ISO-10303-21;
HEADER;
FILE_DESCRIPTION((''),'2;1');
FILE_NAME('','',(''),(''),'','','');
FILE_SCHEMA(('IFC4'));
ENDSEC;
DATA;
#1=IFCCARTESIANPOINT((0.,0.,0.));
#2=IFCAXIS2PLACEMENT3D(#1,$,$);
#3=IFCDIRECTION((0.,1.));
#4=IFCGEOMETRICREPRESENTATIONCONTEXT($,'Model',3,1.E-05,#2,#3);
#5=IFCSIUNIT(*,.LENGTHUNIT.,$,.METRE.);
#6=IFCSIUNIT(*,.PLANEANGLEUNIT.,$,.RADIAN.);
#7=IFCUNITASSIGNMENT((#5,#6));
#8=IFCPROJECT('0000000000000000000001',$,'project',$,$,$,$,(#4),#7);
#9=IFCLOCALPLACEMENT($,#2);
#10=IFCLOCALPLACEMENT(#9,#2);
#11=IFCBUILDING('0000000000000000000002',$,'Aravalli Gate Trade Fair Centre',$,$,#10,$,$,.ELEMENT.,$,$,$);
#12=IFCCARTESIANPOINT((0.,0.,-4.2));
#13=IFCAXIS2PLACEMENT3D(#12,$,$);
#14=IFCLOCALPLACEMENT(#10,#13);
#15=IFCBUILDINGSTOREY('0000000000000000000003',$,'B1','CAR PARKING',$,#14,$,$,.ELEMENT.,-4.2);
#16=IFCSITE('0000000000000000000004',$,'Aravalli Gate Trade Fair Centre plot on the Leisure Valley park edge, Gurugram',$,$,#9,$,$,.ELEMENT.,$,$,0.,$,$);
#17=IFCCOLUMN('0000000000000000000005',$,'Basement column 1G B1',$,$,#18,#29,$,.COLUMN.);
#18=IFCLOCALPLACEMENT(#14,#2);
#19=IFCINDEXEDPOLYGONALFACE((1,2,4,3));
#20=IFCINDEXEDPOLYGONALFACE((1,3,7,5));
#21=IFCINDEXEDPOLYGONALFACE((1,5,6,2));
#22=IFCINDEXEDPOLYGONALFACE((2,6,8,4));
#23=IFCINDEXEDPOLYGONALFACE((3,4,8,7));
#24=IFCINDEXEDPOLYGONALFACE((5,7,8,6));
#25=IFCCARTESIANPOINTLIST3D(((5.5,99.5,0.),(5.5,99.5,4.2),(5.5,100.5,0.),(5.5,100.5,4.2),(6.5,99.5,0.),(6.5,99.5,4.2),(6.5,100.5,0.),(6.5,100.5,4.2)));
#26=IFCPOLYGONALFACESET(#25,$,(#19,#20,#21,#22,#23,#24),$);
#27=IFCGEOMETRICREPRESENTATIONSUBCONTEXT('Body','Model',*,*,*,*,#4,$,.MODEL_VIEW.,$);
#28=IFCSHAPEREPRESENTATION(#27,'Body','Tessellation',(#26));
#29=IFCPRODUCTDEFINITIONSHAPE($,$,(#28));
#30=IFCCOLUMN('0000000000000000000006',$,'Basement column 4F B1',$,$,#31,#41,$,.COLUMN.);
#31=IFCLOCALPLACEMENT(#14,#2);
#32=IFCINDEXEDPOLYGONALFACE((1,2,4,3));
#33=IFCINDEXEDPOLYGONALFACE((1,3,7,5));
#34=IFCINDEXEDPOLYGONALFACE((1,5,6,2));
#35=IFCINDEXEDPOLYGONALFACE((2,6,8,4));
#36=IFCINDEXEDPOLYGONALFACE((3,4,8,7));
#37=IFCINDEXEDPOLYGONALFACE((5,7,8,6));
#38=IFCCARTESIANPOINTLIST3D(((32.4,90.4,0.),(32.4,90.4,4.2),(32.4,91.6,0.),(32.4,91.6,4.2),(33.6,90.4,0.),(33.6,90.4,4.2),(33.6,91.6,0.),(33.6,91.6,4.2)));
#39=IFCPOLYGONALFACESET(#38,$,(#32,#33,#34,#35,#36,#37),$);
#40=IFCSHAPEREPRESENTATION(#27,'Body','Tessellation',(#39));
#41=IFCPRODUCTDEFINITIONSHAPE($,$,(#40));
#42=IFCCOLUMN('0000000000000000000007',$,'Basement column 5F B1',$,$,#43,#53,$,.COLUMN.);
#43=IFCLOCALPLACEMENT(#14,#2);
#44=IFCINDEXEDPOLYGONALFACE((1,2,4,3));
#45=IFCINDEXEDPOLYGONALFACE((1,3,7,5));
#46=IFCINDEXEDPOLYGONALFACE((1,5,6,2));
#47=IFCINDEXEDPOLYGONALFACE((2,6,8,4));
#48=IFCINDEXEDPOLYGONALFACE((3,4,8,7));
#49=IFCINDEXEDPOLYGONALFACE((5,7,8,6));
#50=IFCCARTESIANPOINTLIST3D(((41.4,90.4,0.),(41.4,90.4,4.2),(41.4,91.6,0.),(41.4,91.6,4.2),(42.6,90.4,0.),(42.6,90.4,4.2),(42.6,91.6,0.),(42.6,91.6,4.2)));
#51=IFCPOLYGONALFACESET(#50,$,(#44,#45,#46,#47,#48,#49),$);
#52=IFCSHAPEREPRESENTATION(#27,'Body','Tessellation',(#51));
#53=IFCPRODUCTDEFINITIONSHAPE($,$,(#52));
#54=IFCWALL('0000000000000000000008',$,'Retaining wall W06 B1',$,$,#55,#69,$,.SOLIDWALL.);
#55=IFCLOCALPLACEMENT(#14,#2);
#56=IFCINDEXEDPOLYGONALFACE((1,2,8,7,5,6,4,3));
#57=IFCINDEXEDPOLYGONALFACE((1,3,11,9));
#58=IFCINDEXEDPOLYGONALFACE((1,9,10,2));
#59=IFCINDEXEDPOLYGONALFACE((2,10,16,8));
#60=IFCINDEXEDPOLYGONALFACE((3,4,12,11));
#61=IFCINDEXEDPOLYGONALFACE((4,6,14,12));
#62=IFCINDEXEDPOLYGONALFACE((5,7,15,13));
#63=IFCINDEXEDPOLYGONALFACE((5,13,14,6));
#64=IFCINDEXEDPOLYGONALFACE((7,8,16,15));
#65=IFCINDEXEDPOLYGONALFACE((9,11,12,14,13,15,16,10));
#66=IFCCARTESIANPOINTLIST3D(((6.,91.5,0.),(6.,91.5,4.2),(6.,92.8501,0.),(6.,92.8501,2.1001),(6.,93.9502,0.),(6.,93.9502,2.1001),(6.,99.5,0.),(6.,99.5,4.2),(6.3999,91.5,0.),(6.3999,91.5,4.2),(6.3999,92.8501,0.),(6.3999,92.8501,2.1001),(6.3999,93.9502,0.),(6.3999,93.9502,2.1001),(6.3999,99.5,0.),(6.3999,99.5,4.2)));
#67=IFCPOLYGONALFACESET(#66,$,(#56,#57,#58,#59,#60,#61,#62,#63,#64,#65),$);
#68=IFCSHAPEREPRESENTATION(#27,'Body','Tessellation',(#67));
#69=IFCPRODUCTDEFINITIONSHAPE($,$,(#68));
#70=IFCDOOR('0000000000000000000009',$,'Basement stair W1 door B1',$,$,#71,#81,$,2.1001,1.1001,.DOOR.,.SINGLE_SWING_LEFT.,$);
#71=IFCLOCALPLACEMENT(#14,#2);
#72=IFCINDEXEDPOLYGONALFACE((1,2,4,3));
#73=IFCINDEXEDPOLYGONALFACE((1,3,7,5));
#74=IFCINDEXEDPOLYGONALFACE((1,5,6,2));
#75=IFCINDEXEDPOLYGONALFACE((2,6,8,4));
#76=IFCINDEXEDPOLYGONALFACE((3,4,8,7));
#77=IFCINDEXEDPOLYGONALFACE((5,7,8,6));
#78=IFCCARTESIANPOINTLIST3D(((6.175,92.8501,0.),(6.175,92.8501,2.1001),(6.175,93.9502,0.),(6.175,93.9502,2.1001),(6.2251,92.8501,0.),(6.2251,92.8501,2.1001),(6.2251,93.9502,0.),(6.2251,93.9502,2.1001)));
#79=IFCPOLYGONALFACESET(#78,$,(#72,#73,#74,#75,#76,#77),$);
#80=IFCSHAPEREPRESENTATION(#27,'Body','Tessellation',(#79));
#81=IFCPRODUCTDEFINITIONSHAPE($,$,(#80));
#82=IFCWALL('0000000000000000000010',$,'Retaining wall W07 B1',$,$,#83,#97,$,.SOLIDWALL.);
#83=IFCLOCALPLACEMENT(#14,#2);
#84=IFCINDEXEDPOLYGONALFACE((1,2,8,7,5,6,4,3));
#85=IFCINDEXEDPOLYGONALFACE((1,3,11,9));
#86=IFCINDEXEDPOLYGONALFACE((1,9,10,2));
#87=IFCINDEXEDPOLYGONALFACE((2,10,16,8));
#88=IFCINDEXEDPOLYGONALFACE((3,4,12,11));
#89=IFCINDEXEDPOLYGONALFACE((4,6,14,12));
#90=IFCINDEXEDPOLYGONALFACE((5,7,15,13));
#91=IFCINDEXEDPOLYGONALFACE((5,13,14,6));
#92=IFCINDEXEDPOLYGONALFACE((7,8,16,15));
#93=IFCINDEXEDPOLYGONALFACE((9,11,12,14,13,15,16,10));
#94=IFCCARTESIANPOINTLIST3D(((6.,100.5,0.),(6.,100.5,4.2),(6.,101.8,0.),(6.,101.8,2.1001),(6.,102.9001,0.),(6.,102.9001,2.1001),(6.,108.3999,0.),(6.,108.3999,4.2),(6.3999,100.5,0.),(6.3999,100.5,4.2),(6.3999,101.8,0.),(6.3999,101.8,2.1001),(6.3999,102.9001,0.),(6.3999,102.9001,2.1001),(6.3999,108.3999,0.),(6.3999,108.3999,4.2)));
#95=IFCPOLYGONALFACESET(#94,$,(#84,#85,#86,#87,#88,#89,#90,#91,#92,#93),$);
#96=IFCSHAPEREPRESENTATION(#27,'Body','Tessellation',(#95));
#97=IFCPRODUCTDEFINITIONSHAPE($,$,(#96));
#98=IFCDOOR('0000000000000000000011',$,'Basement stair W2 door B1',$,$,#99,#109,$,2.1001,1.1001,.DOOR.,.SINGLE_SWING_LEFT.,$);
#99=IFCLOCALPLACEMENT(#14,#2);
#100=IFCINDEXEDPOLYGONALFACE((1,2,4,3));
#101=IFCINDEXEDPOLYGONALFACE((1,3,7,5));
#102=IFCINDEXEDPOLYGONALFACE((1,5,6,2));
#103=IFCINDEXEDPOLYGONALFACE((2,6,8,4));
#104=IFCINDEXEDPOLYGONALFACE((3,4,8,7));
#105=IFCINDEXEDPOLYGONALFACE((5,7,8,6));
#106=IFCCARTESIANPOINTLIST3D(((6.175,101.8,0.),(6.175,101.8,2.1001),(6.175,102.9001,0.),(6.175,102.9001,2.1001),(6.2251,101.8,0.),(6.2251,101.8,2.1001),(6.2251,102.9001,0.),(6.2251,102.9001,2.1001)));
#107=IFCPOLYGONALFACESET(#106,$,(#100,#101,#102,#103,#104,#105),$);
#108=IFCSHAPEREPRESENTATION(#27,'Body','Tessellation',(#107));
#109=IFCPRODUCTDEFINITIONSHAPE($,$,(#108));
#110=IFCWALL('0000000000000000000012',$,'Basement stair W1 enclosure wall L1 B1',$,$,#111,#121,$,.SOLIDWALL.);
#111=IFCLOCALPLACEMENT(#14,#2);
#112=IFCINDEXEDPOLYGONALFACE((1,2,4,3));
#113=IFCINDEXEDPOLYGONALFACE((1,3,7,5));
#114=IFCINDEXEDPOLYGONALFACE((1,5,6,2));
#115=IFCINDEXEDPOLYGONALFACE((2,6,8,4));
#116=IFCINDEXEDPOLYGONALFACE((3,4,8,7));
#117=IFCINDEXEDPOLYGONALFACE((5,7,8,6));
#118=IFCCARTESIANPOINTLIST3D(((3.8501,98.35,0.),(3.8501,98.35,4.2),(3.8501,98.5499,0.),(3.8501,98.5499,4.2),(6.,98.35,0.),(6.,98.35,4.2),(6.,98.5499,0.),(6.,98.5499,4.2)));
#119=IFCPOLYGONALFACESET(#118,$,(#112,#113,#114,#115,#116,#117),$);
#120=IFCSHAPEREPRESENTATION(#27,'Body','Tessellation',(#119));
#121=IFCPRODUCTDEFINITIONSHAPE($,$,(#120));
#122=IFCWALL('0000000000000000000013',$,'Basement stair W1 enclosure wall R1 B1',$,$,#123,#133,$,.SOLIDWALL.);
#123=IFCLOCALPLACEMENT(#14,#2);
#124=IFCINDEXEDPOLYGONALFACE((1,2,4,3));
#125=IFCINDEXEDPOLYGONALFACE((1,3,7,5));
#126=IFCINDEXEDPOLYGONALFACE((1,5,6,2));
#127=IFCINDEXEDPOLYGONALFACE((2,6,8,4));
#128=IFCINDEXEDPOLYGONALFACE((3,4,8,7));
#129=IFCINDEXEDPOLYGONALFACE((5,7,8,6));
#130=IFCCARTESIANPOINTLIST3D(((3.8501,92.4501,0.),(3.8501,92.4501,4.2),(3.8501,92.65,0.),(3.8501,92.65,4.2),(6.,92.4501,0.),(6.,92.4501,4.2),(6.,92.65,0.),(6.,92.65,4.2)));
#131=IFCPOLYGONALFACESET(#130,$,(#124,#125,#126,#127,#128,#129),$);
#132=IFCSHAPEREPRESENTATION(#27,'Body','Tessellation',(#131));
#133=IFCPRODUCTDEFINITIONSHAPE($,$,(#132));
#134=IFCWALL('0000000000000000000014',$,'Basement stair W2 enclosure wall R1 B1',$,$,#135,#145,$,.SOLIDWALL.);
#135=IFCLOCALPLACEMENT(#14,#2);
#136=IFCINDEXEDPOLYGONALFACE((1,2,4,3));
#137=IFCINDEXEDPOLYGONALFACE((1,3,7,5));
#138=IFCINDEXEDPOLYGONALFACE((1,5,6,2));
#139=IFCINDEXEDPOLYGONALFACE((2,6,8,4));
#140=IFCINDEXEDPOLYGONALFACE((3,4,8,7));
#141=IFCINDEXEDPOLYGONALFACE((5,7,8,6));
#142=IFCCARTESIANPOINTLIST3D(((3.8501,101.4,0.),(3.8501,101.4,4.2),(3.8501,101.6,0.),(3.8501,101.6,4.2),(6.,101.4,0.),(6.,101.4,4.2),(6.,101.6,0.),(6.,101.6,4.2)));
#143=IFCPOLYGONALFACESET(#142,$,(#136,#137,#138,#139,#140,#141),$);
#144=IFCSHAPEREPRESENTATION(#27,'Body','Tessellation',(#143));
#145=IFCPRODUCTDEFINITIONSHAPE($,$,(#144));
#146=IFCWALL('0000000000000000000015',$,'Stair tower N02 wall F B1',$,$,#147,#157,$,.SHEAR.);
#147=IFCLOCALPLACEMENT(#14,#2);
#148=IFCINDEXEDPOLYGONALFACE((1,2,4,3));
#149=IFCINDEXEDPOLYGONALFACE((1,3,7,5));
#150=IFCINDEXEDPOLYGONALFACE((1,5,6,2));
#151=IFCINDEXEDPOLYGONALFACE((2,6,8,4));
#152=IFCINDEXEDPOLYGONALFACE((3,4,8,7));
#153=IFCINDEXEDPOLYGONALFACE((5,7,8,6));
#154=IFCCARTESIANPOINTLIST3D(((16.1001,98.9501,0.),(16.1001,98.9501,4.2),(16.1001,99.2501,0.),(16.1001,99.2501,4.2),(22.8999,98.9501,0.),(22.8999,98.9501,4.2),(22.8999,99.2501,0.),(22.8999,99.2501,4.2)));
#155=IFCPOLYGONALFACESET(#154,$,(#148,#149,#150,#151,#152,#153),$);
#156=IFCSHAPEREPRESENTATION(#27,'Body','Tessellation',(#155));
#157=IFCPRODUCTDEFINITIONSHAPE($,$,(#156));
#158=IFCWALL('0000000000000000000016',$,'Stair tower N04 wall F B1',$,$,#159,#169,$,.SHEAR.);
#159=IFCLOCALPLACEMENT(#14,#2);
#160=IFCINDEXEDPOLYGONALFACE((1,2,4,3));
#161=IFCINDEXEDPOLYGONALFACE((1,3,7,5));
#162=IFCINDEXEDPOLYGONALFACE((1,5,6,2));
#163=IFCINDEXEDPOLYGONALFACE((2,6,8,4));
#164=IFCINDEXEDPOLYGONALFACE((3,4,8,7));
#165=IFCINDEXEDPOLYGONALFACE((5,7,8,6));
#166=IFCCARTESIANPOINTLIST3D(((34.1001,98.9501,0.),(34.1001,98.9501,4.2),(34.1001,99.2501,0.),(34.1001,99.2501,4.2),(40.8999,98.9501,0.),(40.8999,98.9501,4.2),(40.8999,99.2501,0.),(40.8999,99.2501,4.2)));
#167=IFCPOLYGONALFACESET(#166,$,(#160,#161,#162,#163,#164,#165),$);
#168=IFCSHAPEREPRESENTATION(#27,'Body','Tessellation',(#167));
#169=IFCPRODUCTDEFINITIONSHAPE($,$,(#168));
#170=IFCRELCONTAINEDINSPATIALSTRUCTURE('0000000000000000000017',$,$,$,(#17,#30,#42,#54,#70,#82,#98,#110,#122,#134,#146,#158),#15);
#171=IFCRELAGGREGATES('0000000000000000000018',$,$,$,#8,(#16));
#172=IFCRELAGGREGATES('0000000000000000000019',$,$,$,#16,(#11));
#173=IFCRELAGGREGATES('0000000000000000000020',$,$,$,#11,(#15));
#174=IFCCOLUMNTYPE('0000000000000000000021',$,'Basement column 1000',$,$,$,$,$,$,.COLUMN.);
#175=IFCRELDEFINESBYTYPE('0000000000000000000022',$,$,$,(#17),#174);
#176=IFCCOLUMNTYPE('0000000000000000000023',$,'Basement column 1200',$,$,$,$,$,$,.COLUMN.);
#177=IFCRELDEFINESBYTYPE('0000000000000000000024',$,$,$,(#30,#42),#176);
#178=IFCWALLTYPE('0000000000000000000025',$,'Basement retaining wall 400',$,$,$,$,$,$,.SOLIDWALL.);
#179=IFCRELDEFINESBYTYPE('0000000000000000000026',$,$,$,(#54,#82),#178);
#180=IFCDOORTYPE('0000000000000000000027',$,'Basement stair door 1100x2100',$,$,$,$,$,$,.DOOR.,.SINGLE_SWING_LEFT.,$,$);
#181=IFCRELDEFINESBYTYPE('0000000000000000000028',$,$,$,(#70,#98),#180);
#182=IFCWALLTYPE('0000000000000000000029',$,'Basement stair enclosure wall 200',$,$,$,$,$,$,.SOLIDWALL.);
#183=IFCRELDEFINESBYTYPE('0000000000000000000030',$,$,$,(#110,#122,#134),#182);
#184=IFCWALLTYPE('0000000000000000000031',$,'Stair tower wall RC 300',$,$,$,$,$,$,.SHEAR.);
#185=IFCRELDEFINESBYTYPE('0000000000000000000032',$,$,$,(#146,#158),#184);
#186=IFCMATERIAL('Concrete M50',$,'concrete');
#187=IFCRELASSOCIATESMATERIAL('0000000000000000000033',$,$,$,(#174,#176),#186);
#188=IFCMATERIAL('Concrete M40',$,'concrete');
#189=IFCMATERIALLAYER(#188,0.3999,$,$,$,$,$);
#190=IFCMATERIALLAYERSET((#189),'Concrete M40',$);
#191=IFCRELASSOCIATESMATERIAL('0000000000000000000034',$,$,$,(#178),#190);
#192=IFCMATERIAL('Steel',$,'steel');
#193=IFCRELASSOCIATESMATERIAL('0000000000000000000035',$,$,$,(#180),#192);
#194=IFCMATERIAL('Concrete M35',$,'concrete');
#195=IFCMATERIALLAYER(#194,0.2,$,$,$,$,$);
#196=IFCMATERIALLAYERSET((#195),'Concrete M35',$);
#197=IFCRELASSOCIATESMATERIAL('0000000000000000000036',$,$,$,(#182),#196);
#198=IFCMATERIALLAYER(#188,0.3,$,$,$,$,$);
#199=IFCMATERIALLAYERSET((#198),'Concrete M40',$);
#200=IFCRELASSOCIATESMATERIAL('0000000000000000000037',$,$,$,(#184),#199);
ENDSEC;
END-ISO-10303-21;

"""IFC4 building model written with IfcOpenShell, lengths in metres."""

from ifc_helpers import new_model, si_unit, direction, frame, frame_2d, origin, origin_2d, place, context, subcontext, project, spatial, rectangle, extrude, material, layer, layer_set, material_profile, profile_set, type_object, element, fill, save


model = new_model("IFC4")

# Units and contexts
model_context = context("Model", 3, precision=1e-05, world=origin(), true_north=direction((0.0, 1.0)))
body_context = subcontext(model_context, "Body", "Model", "MODEL_VIEW")
ifc_project = project(units=[si_unit("LENGTHUNIT", "METRE"), si_unit("PLANEANGLEUNIT", "RADIAN")], contexts=[model_context])

# Site, building, storey
site_placement = place(None, origin())
site = spatial("IfcSite", under=ifc_project, at=site_placement, Name="Aravalli Gate Trade Fair Centre plot on the Leisure Valley park edge, Gurugram", CompositionType="ELEMENT", RefElevation=0.0)
building_placement = place(site_placement, origin())
building = spatial("IfcBuilding", under=site, at=building_placement, Name="Aravalli Gate Trade Fair Centre", CompositionType="ELEMENT")
storey_placement = place(building_placement, frame((0.0, 0.0, -4.2)))
storey = spatial("IfcBuildingStorey", under=building, at=storey_placement, Name="B1", Description="CAR PARKING", CompositionType="ELEMENT", Elevation=-4.2)

# Columns
ifc_material_1 = material(Name="Concrete M50", Category="concrete")
ifc_material_profile_1 = material_profile(ifc_material_1, rectangle(XDim=1.0, YDim=1.0, at=origin_2d()), Name="RC 1000 x 1000")
ifc_profile_set_1 = profile_set([ifc_material_profile_1], Name="Concrete M50")
column_type_1 = type_object("IfcColumnType", Name="Basement column 1000", PredefinedType="COLUMN", material=ifc_profile_set_1)
column_placement = place(storey_placement, frame((6.0, 100.0, 0.0), z_axis=(0.0, 0.0, 1.0), x_axis=(1.0, 0.0, 0.0)))
element("IfcColumn", 1, at=column_placement, inside=storey, type_object=column_type_1, Name="Basement column 1G B1", PredefinedType="COLUMN", context=body_context, shape_type="SweptSolid", body=[
    extrude(rectangle(XDim=1.0, YDim=1.0, at=origin_2d()), origin(), (0.0, 0.0, 1.0), 4.2),
])
ifc_material_profile_2 = material_profile(ifc_material_1, rectangle(XDim=1.2, YDim=1.2, at=origin_2d()), Name="RC 1200 x 1200")
ifc_profile_set_2 = profile_set([ifc_material_profile_2], Name="Concrete M50")
column_type_2 = type_object("IfcColumnType", Name="Basement column 1200", PredefinedType="COLUMN", material=ifc_profile_set_2)
for number, where, z_axis, x_axis, name in (
    (2, (33.0, 91.0, 0.0), (0.0, 0.0, 1.0), (1.0, 0.0, 0.0), "Basement column 4F B1"),
    (3, (42.0, 91.0, 0.0), (0.0, 0.0, 1.0), (1.0, 0.0, 0.0), "Basement column 5F B1"),
):
    element("IfcColumn", number, at=place(storey_placement, frame(where, z_axis=z_axis, x_axis=x_axis)), inside=storey, type_object=column_type_2, Name=name, PredefinedType="COLUMN", context=body_context, shape_type="SweptSolid", body=[
        extrude(rectangle(XDim=1.2, YDim=1.2, at=origin_2d()), origin(), (0.0, 0.0, 1.0), 4.2),
    ])

# Walls, openings, doors
ifc_material_2 = material(Name="Concrete M40", Category="concrete")
ifc_layer_1 = layer(ifc_material_2, 0.3999)
ifc_layer_set_1 = layer_set([ifc_layer_1], Name="Concrete M40")
wall_type_1 = type_object("IfcWallType", Name="Basement retaining wall 400", PredefinedType="SOLIDWALL", material=ifc_layer_set_1)
wall_1_placement = place(storey_placement, frame((6.2, 91.5, 0.0), z_axis=(0.0, 0.0, 1.0), x_axis=(0.0, 1.0, 0.0)))
wall_1 = element("IfcWall", 4, at=wall_1_placement, inside=storey, type_object=wall_type_1, Name="Retaining wall W06 B1", PredefinedType="SOLIDWALL", context=body_context, shape_type="SweptSolid", body=[
    extrude(rectangle(XDim=8.0, YDim=0.3999, at=frame_2d((4.0, 0.0))), origin(), (0.0, 0.0, 1.0), 4.2),
])
opening_1_placement = place(wall_1_placement, frame((1.3501, 0.0, 0.0)))
opening_1 = element("IfcOpeningElement", 5, at=opening_1_placement, cuts=wall_1, PredefinedType="OPENING", context=body_context, shape_type="SweptSolid", body=[
    extrude(rectangle(XDim=1.1001, YDim=2.1001, at=frame_2d((0.55, 1.05))), frame((0.0, 0.21, 0.0), z_axis=(0.0, -1.0, 0.0), x_axis=(1.0, 0.0, 0.0)), (0.0, 0.0, 1.0), 0.4199),
])
ifc_material_3 = material(Name="Steel", Category="steel")
door_type = type_object("IfcDoorType", Name="Basement stair door 1100x2100", OperationType="SINGLE_SWING_LEFT", PredefinedType="DOOR", material=ifc_material_3)
door_1_placement = place(opening_1_placement, origin())
door_1 = element("IfcDoor", 6, at=door_1_placement, inside=storey, type_object=door_type, Name="Basement stair W1 door B1", OperationType="SINGLE_SWING_LEFT", OverallHeight=2.1001, OverallWidth=1.1001, PredefinedType="DOOR", context=body_context, shape_type="SweptSolid", body=[
    extrude(rectangle(XDim=1.1001, YDim=2.1001, at=frame_2d((0.55, 1.05))), frame((0.0, 0.0249, 0.0), z_axis=(0.0, -1.0, 0.0), x_axis=(1.0, 0.0, 0.0)), (0.0, 0.0, 1.0), 0.05),
])
fill(opening_1, door_1)
wall_2_placement = place(storey_placement, frame((6.2, 100.5, 0.0), z_axis=(0.0, 0.0, 1.0), x_axis=(0.0, 1.0, 0.0)))
wall_2 = element("IfcWall", 7, at=wall_2_placement, inside=storey, type_object=wall_type_1, Name="Retaining wall W07 B1", PredefinedType="SOLIDWALL", context=body_context, shape_type="SweptSolid", body=[
    extrude(rectangle(XDim=7.8999, YDim=0.3999, at=frame_2d((3.95, 0.0))), origin(), (0.0, 0.0, 1.0), 4.2),
])
opening_2_placement = place(wall_2_placement, frame((1.3, 0.0, 0.0)))
opening_2 = element("IfcOpeningElement", 8, at=opening_2_placement, cuts=wall_2, PredefinedType="OPENING", context=body_context, shape_type="SweptSolid", body=[
    extrude(rectangle(XDim=1.1001, YDim=2.1001, at=frame_2d((0.55, 1.05))), frame((0.0, 0.21, 0.0), z_axis=(0.0, -1.0, 0.0), x_axis=(1.0, 0.0, 0.0)), (0.0, 0.0, 1.0), 0.4199),
])
door_2_placement = place(opening_2_placement, origin())
door_2 = element("IfcDoor", 9, at=door_2_placement, inside=storey, type_object=door_type, Name="Basement stair W2 door B1", OperationType="SINGLE_SWING_LEFT", OverallHeight=2.1001, OverallWidth=1.1001, PredefinedType="DOOR", context=body_context, shape_type="SweptSolid", body=[
    extrude(rectangle(XDim=1.1001, YDim=2.1001, at=frame_2d((0.55, 1.05))), frame((0.0, 0.0249, 0.0), z_axis=(0.0, -1.0, 0.0), x_axis=(1.0, 0.0, 0.0)), (0.0, 0.0, 1.0), 0.05),
])
fill(opening_2, door_2)

# Walls
ifc_material_4 = material(Name="Concrete M35", Category="concrete")
ifc_layer_2 = layer(ifc_material_4, 0.2)
ifc_layer_set_2 = layer_set([ifc_layer_2], Name="Concrete M35")
wall_type_2 = type_object("IfcWallType", Name="Basement stair enclosure wall 200", PredefinedType="SOLIDWALL", material=ifc_layer_set_2)
for number, where, z_axis, x_axis, name in (
    (10, (6.0, 98.45, 0.0), (0.0, 0.0, 1.0), (-1.0, 0.0, 0.0), "Basement stair W1 enclosure wall L1 B1"),
    (11, (6.0, 92.55, 0.0), (0.0, 0.0, 1.0), (-1.0, 0.0, 0.0), "Basement stair W1 enclosure wall R1 B1"),
    (12, (6.0, 101.5, 0.0), (0.0, 0.0, 1.0), (-1.0, 0.0, 0.0), "Basement stair W2 enclosure wall R1 B1"),
):
    element("IfcWall", number, at=place(storey_placement, frame(where, z_axis=z_axis, x_axis=x_axis)), inside=storey, type_object=wall_type_2, Name=name, PredefinedType="SOLIDWALL", context=body_context, shape_type="SweptSolid", body=[
        extrude(rectangle(XDim=2.1499, YDim=0.2, at=frame_2d((1.075, 0.0))), origin(), (0.0, 0.0, 1.0), 4.2),
    ])
ifc_layer_3 = layer(ifc_material_2, 0.3)
ifc_layer_set_3 = layer_set([ifc_layer_3], Name="Concrete M40")
wall_type_3 = type_object("IfcWallType", Name="Stair tower wall RC 300", PredefinedType="SHEAR", material=ifc_layer_set_3)
for number, where, z_axis, x_axis, name in (
    (13, (16.1001, 99.1001, 0.0), (0.0, 0.0, 1.0), (1.0, 0.0, 0.0), "Stair tower N02 wall F B1"),
    (14, (34.1001, 99.1001, 0.0), (0.0, 0.0, 1.0), (1.0, 0.0, 0.0), "Stair tower N04 wall F B1"),
):
    element("IfcWall", number, at=place(storey_placement, frame(where, z_axis=z_axis, x_axis=x_axis)), inside=storey, type_object=wall_type_3, Name=name, PredefinedType="SHEAR", context=body_context, shape_type="SweptSolid", body=[
        extrude(rectangle(XDim=6.7998, YDim=0.3, at=frame_2d((3.3999, 0.0))), origin(), (0.0, 0.0, 1.0), 4.2),
    ])

save(model, "model.ifc")
